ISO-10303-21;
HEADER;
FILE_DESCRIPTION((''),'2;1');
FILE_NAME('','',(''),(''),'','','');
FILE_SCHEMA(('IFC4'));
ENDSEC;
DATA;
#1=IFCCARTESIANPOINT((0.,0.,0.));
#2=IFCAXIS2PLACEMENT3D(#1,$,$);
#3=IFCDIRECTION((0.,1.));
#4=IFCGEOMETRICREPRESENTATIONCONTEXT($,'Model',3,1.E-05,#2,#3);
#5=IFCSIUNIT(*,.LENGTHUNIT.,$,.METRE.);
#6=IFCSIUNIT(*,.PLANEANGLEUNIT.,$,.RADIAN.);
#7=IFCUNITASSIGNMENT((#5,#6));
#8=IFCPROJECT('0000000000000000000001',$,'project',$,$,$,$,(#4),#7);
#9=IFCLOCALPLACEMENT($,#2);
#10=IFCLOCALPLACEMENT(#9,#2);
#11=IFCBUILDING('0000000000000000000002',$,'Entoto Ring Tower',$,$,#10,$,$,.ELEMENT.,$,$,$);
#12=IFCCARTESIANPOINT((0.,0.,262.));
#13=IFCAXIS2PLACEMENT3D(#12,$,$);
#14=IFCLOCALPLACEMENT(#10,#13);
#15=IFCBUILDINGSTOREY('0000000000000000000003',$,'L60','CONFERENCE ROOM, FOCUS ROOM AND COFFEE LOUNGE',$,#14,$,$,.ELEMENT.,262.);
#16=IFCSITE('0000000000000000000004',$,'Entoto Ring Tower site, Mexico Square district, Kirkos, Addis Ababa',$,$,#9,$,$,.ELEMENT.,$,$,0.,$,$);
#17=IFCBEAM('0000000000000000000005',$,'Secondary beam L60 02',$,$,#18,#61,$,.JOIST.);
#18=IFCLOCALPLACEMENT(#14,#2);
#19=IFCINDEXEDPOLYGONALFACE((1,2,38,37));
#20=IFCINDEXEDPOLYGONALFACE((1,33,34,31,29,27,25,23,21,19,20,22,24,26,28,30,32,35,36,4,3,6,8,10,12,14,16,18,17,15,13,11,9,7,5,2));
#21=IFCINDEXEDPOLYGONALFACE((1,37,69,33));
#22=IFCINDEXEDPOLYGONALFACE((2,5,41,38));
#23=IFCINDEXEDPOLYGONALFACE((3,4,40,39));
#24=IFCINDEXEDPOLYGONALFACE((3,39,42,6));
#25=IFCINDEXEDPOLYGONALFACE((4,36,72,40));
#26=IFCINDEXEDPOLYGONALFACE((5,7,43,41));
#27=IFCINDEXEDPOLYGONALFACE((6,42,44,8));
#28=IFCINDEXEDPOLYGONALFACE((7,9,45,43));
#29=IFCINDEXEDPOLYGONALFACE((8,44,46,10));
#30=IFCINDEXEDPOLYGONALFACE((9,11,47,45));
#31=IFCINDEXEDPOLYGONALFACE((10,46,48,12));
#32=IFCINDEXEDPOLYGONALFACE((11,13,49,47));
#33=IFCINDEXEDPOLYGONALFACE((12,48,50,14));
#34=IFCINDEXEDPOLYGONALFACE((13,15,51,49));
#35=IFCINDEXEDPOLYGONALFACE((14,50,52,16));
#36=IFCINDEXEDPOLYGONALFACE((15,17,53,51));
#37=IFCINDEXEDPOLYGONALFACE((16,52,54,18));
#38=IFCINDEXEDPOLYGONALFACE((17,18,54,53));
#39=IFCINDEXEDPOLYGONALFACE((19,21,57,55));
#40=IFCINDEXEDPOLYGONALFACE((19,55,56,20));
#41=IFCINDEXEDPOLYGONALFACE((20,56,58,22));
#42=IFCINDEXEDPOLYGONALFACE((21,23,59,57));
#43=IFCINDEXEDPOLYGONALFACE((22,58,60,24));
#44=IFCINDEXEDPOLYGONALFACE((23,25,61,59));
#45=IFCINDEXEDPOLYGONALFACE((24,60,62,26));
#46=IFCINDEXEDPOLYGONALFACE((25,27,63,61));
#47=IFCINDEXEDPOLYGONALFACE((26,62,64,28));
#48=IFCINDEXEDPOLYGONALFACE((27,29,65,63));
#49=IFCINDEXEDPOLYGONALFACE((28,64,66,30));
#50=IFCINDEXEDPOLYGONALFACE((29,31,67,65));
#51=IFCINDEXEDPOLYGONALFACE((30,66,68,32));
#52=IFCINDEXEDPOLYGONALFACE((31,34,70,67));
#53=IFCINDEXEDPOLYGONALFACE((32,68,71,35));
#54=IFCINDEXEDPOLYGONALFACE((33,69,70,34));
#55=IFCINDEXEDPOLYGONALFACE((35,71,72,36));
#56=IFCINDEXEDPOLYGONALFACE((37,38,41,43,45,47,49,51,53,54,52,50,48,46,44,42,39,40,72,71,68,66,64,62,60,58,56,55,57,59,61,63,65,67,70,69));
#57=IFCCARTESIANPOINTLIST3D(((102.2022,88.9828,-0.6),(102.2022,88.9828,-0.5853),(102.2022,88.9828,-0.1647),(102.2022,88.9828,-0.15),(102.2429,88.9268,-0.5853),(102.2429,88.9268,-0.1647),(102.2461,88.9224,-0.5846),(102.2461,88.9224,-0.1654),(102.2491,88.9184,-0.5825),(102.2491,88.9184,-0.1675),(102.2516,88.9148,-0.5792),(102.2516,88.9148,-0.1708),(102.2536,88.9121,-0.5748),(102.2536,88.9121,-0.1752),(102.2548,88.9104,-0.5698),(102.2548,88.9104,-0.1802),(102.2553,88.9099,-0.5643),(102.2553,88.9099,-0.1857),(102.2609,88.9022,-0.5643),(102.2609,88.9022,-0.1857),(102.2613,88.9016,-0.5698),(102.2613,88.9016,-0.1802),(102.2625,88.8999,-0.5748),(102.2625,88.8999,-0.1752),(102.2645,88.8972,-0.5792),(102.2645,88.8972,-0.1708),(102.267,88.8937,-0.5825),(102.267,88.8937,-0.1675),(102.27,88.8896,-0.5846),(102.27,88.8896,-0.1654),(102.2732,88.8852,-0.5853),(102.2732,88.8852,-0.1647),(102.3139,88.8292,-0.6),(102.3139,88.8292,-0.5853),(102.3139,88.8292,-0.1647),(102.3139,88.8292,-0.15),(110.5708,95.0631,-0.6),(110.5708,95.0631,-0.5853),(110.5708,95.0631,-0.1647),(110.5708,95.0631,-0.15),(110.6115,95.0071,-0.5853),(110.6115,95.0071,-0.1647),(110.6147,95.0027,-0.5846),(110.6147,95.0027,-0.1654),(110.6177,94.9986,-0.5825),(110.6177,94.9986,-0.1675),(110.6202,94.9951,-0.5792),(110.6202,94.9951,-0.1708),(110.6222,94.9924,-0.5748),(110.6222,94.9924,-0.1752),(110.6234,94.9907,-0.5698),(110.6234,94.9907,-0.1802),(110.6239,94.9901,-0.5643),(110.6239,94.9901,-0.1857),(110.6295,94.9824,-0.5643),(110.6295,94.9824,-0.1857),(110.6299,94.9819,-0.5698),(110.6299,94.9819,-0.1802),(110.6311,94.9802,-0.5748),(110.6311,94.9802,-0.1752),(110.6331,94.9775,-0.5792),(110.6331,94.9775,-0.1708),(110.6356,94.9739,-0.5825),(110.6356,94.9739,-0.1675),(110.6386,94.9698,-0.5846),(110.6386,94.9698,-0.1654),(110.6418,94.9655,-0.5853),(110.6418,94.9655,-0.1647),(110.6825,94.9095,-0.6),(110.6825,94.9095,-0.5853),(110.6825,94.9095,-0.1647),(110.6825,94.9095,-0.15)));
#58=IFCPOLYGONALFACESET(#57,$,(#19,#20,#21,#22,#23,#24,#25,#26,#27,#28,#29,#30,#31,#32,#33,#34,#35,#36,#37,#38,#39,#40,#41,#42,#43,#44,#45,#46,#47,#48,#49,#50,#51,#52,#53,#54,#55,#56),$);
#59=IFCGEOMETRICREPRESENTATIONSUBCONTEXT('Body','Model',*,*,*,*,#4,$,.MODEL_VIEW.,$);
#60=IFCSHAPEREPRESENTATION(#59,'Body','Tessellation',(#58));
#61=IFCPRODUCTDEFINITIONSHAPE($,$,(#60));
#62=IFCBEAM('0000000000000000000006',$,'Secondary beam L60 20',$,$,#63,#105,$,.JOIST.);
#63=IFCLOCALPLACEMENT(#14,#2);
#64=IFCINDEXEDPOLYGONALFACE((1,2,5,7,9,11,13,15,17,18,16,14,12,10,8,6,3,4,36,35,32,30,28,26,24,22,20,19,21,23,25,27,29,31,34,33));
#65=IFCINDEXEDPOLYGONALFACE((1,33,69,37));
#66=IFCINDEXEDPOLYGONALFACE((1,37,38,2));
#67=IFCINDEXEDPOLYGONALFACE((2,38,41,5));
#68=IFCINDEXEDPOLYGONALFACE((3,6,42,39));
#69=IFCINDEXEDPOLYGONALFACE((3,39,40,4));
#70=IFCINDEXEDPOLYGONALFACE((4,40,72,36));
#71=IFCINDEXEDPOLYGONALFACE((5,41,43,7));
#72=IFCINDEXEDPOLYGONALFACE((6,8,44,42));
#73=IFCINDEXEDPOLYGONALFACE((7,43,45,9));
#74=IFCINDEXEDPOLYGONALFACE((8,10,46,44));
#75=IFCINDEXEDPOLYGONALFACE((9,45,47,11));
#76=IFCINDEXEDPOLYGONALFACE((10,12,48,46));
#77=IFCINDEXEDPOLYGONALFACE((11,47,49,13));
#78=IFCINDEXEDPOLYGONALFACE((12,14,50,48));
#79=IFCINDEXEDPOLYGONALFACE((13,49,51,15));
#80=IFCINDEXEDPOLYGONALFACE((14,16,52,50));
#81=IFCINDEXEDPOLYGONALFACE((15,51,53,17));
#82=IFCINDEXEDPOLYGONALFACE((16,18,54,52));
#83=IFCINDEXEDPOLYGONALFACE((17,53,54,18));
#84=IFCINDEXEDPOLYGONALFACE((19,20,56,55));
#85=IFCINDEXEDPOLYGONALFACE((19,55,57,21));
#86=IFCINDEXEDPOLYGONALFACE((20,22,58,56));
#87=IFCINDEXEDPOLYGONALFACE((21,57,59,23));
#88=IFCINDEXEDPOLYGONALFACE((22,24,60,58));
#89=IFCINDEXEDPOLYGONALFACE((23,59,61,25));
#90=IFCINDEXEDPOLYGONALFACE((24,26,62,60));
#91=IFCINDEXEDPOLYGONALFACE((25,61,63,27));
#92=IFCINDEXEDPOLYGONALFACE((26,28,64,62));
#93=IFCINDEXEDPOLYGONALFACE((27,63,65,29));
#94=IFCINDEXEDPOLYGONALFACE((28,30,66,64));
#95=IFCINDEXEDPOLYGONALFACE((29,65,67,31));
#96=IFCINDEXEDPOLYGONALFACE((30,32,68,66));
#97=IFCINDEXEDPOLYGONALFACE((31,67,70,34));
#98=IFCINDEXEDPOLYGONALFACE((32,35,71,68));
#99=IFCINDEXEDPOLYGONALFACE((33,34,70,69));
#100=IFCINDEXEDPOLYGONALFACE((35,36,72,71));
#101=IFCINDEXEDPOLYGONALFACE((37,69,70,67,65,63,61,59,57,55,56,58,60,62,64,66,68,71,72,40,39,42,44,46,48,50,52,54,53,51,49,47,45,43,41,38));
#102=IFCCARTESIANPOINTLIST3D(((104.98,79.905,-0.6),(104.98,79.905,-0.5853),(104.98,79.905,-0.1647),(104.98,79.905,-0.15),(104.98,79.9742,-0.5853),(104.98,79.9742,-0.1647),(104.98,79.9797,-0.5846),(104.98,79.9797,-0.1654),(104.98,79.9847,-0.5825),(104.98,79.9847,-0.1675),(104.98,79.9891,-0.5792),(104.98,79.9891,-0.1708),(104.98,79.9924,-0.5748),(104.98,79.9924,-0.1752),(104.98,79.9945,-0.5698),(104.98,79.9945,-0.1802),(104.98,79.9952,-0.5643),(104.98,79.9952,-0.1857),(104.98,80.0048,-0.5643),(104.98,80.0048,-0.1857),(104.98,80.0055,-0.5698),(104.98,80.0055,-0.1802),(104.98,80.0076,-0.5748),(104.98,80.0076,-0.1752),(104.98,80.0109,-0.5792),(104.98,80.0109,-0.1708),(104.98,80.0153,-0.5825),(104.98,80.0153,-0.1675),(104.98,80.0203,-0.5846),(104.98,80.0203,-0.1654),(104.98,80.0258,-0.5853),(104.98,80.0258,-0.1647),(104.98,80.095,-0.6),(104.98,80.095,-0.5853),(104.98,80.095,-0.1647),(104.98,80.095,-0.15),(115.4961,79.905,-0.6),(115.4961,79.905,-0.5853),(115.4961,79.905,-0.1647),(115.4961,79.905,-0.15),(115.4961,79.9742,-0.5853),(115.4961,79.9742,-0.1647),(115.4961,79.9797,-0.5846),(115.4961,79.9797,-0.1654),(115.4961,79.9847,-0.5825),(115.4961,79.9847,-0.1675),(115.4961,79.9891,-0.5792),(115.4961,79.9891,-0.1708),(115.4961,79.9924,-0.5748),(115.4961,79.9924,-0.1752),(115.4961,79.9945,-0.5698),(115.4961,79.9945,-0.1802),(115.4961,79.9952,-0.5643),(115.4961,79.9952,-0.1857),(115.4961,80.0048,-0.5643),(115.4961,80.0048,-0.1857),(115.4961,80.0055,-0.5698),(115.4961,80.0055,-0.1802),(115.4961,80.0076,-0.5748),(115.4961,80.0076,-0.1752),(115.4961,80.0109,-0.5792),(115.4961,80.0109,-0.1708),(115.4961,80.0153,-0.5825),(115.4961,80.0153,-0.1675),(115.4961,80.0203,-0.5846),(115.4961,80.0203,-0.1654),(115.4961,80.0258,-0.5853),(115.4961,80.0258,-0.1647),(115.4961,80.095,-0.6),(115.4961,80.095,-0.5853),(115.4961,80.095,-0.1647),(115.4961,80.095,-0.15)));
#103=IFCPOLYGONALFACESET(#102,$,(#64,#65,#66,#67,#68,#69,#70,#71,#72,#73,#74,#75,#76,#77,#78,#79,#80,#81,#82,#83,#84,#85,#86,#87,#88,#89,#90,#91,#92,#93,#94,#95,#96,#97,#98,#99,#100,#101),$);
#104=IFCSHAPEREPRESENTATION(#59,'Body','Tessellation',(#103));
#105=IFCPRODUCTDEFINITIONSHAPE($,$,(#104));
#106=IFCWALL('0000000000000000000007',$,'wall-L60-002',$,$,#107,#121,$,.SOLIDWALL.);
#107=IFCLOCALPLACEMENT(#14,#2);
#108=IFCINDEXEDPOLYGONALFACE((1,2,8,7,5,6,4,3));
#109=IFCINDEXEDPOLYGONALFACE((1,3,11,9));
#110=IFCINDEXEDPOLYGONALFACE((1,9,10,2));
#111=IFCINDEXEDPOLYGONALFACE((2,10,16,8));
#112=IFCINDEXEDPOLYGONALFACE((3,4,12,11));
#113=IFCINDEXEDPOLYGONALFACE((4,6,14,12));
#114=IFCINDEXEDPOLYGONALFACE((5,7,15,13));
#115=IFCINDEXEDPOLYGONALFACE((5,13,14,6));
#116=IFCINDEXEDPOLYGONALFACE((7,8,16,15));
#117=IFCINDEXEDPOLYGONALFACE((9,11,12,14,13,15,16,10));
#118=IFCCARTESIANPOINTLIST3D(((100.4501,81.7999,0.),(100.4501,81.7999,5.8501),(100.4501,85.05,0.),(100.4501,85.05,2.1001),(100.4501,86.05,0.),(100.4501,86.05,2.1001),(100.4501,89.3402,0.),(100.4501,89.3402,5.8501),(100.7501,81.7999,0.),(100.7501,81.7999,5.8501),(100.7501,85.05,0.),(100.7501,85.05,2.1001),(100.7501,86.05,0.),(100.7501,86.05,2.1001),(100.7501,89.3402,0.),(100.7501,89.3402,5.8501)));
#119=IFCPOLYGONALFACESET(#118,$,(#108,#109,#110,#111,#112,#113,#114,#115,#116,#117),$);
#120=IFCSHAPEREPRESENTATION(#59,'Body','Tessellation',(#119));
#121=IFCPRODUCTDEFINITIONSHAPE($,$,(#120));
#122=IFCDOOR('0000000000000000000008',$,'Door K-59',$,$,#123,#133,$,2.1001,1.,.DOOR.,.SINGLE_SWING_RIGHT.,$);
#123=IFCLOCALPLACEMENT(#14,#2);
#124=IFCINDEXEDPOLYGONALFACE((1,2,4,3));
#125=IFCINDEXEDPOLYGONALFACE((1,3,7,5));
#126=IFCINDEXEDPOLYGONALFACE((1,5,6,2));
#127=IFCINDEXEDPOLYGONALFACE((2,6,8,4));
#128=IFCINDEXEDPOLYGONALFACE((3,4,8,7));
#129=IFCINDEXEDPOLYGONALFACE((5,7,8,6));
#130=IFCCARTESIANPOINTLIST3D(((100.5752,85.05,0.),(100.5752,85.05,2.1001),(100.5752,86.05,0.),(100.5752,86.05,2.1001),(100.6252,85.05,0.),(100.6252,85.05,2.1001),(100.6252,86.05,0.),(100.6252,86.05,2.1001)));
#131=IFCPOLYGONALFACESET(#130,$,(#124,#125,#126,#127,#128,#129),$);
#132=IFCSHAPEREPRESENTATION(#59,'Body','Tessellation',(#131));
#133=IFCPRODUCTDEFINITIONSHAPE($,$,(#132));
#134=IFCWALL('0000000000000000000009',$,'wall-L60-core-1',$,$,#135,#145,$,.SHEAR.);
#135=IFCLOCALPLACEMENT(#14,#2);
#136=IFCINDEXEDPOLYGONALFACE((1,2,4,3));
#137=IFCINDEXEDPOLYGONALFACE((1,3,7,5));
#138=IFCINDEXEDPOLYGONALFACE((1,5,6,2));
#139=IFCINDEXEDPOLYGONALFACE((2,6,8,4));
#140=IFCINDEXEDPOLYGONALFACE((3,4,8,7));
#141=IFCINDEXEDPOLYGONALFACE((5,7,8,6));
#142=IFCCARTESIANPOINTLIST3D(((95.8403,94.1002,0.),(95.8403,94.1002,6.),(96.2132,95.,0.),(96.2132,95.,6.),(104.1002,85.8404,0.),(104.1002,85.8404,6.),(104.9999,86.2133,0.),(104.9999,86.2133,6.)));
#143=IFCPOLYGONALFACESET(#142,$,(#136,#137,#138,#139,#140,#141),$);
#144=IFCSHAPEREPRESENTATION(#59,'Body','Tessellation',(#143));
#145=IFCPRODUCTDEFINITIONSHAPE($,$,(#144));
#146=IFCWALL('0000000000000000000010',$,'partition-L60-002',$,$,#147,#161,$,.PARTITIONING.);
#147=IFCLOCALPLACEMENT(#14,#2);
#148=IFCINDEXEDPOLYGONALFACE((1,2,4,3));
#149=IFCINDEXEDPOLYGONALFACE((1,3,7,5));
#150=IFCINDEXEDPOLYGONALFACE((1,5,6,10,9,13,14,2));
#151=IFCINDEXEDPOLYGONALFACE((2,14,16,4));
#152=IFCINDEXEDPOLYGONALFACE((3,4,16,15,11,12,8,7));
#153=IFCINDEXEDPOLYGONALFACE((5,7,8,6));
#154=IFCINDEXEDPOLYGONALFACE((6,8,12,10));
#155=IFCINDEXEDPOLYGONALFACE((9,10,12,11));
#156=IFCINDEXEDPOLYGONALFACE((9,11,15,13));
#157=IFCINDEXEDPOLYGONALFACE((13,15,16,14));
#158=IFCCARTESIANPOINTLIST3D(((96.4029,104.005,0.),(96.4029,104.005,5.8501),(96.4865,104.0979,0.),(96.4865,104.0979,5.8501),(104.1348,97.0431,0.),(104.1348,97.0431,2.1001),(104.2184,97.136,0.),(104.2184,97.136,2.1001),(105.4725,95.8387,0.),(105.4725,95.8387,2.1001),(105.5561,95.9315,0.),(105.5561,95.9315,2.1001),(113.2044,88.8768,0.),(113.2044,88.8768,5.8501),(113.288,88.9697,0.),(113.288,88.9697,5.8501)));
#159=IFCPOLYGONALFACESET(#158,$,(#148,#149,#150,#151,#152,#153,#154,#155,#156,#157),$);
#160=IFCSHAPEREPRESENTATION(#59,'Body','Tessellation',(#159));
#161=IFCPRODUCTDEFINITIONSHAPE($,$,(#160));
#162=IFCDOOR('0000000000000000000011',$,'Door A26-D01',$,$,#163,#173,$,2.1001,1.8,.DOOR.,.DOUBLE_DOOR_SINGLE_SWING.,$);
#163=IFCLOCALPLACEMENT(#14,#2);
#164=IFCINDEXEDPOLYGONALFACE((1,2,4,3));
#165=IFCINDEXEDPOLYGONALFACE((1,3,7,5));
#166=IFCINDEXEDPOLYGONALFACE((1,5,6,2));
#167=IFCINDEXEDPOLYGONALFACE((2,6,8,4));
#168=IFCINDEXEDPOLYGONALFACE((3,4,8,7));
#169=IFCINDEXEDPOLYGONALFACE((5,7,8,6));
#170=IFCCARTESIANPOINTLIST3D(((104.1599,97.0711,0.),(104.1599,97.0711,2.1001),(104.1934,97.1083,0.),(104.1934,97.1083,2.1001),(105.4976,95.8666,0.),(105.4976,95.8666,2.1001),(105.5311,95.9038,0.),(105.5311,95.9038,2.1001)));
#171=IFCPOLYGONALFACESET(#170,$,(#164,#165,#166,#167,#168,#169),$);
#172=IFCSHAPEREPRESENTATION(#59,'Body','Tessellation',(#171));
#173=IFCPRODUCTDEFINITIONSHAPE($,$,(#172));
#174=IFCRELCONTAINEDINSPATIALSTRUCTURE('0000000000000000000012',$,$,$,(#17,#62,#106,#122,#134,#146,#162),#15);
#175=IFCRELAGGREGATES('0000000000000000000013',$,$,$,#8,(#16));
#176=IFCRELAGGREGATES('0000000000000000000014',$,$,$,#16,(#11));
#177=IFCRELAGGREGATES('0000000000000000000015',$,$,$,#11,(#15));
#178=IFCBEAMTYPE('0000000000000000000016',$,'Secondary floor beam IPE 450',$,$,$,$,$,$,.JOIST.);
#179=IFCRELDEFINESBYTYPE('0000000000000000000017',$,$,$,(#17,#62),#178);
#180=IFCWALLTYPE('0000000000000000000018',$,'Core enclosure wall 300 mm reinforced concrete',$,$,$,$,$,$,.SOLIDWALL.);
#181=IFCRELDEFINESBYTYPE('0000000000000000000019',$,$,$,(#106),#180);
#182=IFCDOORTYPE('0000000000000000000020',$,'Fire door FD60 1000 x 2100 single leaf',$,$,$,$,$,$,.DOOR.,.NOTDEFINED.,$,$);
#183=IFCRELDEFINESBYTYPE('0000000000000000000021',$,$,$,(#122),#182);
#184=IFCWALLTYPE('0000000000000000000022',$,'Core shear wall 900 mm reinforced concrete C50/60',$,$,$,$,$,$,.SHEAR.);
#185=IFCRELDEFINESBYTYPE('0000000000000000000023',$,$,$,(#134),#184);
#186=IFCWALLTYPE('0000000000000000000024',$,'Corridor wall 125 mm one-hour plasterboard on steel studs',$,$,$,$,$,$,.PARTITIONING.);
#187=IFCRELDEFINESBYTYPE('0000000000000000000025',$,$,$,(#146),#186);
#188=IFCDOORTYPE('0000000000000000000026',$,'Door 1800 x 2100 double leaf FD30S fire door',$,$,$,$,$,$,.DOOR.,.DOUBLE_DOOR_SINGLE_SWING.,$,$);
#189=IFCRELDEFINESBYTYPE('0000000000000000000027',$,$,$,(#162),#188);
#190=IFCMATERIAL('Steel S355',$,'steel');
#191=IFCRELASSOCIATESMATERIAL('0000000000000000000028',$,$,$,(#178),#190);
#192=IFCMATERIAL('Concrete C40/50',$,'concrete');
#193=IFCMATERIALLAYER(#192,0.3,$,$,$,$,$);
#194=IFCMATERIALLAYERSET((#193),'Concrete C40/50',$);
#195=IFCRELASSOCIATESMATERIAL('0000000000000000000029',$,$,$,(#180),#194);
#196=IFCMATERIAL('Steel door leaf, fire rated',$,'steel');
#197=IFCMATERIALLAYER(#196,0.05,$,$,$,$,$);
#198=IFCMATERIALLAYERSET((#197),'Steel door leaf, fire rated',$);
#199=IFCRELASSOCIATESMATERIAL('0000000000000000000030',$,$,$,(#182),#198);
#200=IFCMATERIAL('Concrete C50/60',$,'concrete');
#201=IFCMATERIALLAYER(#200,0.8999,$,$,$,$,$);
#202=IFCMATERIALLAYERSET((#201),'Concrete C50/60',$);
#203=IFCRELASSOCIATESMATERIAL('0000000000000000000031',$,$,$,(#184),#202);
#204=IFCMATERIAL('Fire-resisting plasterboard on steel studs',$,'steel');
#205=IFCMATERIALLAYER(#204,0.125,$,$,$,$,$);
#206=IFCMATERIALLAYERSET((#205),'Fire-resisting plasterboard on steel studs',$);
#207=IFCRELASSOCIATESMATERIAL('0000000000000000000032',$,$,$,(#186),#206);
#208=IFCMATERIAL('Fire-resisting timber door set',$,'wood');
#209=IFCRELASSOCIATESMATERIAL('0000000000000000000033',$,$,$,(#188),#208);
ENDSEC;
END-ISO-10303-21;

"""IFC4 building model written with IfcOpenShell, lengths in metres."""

from ifc_helpers import new_model, si_unit, direction, frame, frame_2d, origin, origin_2d, place, context, subcontext, project, spatial, polyline, rectangle, i_section, outline, extrude, material, layer, layer_set, material_profile, profile_set, type_object, element, fill, save


model = new_model("IFC4")

# Units and contexts
model_context = context("Model", 3, precision=1e-05, world=origin(), true_north=direction((0.0, 1.0)))
body_context = subcontext(model_context, "Body", "Model", "MODEL_VIEW")
ifc_project = project(units=[si_unit("LENGTHUNIT", "METRE"), si_unit("PLANEANGLEUNIT", "RADIAN")], contexts=[model_context])

# Site, building, storey
site_placement = place(None, origin())
site = spatial("IfcSite", under=ifc_project, at=site_placement, Name="Entoto Ring Tower site, Mexico Square district, Kirkos, Addis Ababa", CompositionType="ELEMENT", RefElevation=0.0)
building_placement = place(site_placement, origin())
building = spatial("IfcBuilding", under=site, at=building_placement, Name="Entoto Ring Tower", CompositionType="ELEMENT")
storey_placement = place(building_placement, frame((0.0, 0.0, 262.0)))
storey = spatial("IfcBuildingStorey", under=building, at=storey_placement, Name="L60", Description="CONFERENCE ROOM, FOCUS ROOM AND COFFEE LOUNGE", CompositionType="ELEMENT", Elevation=262.0)

# Beams
ifc_material_1 = material(Name="Steel S355", Category="steel")
ifc_material_profile_1 = material_profile(ifc_material_1, i_section(OverallWidth=0.1899, OverallDepth=0.45, WebThickness=0.0095, FlangeThickness=0.0146, FilletRadius=0.021, at=origin_2d()), Name="IPE 450")
ifc_profile_set_1 = profile_set([ifc_material_profile_1], Name="Steel S355")
beam_type_1 = type_object("IfcBeamType", Name="Secondary floor beam IPE 450", PredefinedType="JOIST", material=ifc_profile_set_1)
beam_1_placement = place(storey_placement, frame((102.2581, 88.906, -0.375), z_axis=(0.809011, 0.587794, 0.0), x_axis=(-0.587794, 0.809011, 0.0)))
element("IfcBeam", 1, at=beam_1_placement, inside=storey, type_object=beam_type_1, Name="Secondary beam L60 02", PredefinedType="JOIST", context=body_context, shape_type="SweptSolid", body=[
    extrude(i_section(OverallWidth=0.1899, OverallDepth=0.45, WebThickness=0.0095, FlangeThickness=0.0146, FilletRadius=0.021, at=origin_2d()), origin(), (0.0, 0.0, 1.0), 10.3442),
])
beam_2_placement = place(storey_placement, frame((104.98, 80.0, -0.375), z_axis=(1.0, 0.0, 0.0), x_axis=(0.0, 1.0, 0.0)))
element("IfcBeam", 2, at=beam_2_placement, inside=storey, type_object=beam_type_1, Name="Secondary beam L60 20", PredefinedType="JOIST", context=body_context, shape_type="SweptSolid", body=[
    extrude(i_section(OverallWidth=0.1899, OverallDepth=0.45, WebThickness=0.0095, FlangeThickness=0.0146, FilletRadius=0.021, at=origin_2d()), origin(), (0.0, 0.0, 1.0), 10.5161),
])

# Wall, opening, door
ifc_material_2 = material(Name="Concrete C40/50", Category="concrete")
ifc_layer_1 = layer(ifc_material_2, 0.3)
ifc_layer_set_1 = layer_set([ifc_layer_1], Name="Concrete C40/50")
wall_type_1 = type_object("IfcWallType", Name="Core enclosure wall 300 mm reinforced concrete", PredefinedType="SOLIDWALL", material=ifc_layer_set_1)
wall_1_placement = place(storey_placement, frame((100.6001, 81.8, 0.0), z_axis=(0.0, 0.0, 1.0), x_axis=(0.0, 1.0, 0.0)))
wall_1 = element("IfcWall", 3, at=wall_1_placement, inside=storey, type_object=wall_type_1, Name="wall-L60-002", PredefinedType="SOLIDWALL", context=body_context, shape_type="SweptSolid", body=[
    extrude(rectangle(XDim=7.5403, YDim=0.3, at=frame_2d((3.77, 0.0))), origin(), (0.0, 0.0, 1.0), 5.8501),
])
opening_1_placement = place(wall_1_placement, frame((3.25, 0.0, 0.0)))
opening_1 = element("IfcOpeningElement", 4, at=opening_1_placement, cuts=wall_1, PredefinedType="OPENING", context=body_context, shape_type="SweptSolid", body=[
    extrude(rectangle(XDim=1.0, YDim=2.1001, at=frame_2d((0.5, 1.05))), frame((0.0, 0.1602, 0.0), z_axis=(0.0, -1.0, 0.0), x_axis=(1.0, 0.0, 0.0)), (0.0, 0.0, 1.0), 0.3201),
])
ifc_material_3 = material(Name="Steel door leaf, fire rated", Category="steel")
ifc_layer_2 = layer(ifc_material_3, 0.05)
ifc_layer_set_2 = layer_set([ifc_layer_2], Name="Steel door leaf, fire rated")
door_type_1 = type_object("IfcDoorType", Name="Fire door FD60 1000 x 2100 single leaf", OperationType="NOTDEFINED", PredefinedType="DOOR", material=ifc_layer_set_2)
door_1_placement = place(opening_1_placement, origin())
door_1 = element("IfcDoor", 5, at=door_1_placement, inside=storey, type_object=door_type_1, Name="Door K-59", OperationType="SINGLE_SWING_RIGHT", OverallHeight=2.1001, OverallWidth=1.0, PredefinedType="DOOR", context=body_context, shape_type="SweptSolid", body=[
    extrude(rectangle(XDim=1.0, YDim=2.1001, at=frame_2d((0.5, 1.05))), frame((0.0, 0.0249, 0.0), z_axis=(0.0, -1.0, 0.0), x_axis=(1.0, 0.0, 0.0)), (0.0, 0.0, 1.0), 0.05),
])
fill(opening_1, door_1)

# Wall
ifc_material_4 = material(Name="Concrete C50/60", Category="concrete")
ifc_layer_3 = layer(ifc_material_4, 0.8999)
ifc_layer_set_3 = layer_set([ifc_layer_3], Name="Concrete C50/60")
wall_type_2 = type_object("IfcWallType", Name="Core shear wall 900 mm reinforced concrete C50/60", PredefinedType="SHEAR", material=ifc_layer_set_3)
wall_2_placement = place(storey_placement, frame((104.55, 86.0269, 0.0), z_axis=(0.0, 0.0, 1.0), x_axis=(-0.707107, 0.707107, 0.0)))
element("IfcWall", 6, at=wall_2_placement, inside=storey, type_object=wall_type_2, Name="wall-L60-core-1", PredefinedType="SHEAR", context=body_context, shape_type="SweptSolid", body=[
    extrude(outline(polyline([(-0.1863, -0.45), (12.24, -0.45), (11.8674, 0.45), (0.1863, 0.45), (-0.1863, -0.45)])), origin(), (0.0, 0.0, 1.0), 6.0),
])

# Wall, opening, door
ifc_material_5 = material(Name="Fire-resisting plasterboard on steel studs", Category="steel")
ifc_layer_4 = layer(ifc_material_5, 0.125)
ifc_layer_set_4 = layer_set([ifc_layer_4], Name="Fire-resisting plasterboard on steel studs")
wall_type_3 = type_object("IfcWallType", Name="Corridor wall 125 mm one-hour plasterboard on steel studs", PredefinedType="PARTITIONING", material=ifc_layer_set_4)
wall_3_placement = place(storey_placement, frame((113.2461, 88.9233, 0.0), z_axis=(0.0, 0.0, 1.0), x_axis=(-0.743144, 0.669131, 0.0)))
wall_3 = element("IfcWall", 7, at=wall_3_placement, inside=storey, type_object=wall_type_3, Name="partition-L60-002", PredefinedType="PARTITIONING", context=body_context, shape_type="SweptSolid", body=[
    extrude(rectangle(XDim=22.6086, YDim=0.125, at=frame_2d((11.3042, 0.0))), origin(), (0.0, 0.0, 1.0), 5.8501),
])
opening_2_placement = place(wall_3_placement, frame((10.4043, 0.0, 0.0)))
opening_2 = element("IfcOpeningElement", 8, at=opening_2_placement, cuts=wall_3, PredefinedType="OPENING", context=body_context, shape_type="SweptSolid", body=[
    extrude(rectangle(XDim=1.8, YDim=2.1001, at=frame_2d((0.8999, 1.05))), frame((0.0, 0.0725, 0.0), z_axis=(0.0, -1.0, 0.0), x_axis=(1.0, 0.0, 0.0)), (0.0, 0.0, 1.0), 0.145),
])
ifc_material_6 = material(Name="Fire-resisting timber door set", Category="wood")
door_type_2 = type_object("IfcDoorType", Name="Door 1800 x 2100 double leaf FD30S fire door", OperationType="DOUBLE_DOOR_SINGLE_SWING", PredefinedType="DOOR", material=ifc_material_6)
door_2_placement = place(opening_2_placement, origin())
door_2 = element("IfcDoor", 9, at=door_2_placement, inside=storey, type_object=door_type_2, Name="Door A26-D01", OperationType="DOUBLE_DOOR_SINGLE_SWING", OverallHeight=2.1001, OverallWidth=1.8, PredefinedType="DOOR", context=body_context, shape_type="SweptSolid", body=[
    extrude(rectangle(XDim=1.8, YDim=2.1001, at=frame_2d((0.8999, 1.05))), frame((0.0, 0.0249, 0.0), z_axis=(0.0, -1.0, 0.0), x_axis=(1.0, 0.0, 0.0)), (0.0, 0.0, 1.0), 0.05),
])
fill(opening_2, door_2)

save(model, "model.ifc")
